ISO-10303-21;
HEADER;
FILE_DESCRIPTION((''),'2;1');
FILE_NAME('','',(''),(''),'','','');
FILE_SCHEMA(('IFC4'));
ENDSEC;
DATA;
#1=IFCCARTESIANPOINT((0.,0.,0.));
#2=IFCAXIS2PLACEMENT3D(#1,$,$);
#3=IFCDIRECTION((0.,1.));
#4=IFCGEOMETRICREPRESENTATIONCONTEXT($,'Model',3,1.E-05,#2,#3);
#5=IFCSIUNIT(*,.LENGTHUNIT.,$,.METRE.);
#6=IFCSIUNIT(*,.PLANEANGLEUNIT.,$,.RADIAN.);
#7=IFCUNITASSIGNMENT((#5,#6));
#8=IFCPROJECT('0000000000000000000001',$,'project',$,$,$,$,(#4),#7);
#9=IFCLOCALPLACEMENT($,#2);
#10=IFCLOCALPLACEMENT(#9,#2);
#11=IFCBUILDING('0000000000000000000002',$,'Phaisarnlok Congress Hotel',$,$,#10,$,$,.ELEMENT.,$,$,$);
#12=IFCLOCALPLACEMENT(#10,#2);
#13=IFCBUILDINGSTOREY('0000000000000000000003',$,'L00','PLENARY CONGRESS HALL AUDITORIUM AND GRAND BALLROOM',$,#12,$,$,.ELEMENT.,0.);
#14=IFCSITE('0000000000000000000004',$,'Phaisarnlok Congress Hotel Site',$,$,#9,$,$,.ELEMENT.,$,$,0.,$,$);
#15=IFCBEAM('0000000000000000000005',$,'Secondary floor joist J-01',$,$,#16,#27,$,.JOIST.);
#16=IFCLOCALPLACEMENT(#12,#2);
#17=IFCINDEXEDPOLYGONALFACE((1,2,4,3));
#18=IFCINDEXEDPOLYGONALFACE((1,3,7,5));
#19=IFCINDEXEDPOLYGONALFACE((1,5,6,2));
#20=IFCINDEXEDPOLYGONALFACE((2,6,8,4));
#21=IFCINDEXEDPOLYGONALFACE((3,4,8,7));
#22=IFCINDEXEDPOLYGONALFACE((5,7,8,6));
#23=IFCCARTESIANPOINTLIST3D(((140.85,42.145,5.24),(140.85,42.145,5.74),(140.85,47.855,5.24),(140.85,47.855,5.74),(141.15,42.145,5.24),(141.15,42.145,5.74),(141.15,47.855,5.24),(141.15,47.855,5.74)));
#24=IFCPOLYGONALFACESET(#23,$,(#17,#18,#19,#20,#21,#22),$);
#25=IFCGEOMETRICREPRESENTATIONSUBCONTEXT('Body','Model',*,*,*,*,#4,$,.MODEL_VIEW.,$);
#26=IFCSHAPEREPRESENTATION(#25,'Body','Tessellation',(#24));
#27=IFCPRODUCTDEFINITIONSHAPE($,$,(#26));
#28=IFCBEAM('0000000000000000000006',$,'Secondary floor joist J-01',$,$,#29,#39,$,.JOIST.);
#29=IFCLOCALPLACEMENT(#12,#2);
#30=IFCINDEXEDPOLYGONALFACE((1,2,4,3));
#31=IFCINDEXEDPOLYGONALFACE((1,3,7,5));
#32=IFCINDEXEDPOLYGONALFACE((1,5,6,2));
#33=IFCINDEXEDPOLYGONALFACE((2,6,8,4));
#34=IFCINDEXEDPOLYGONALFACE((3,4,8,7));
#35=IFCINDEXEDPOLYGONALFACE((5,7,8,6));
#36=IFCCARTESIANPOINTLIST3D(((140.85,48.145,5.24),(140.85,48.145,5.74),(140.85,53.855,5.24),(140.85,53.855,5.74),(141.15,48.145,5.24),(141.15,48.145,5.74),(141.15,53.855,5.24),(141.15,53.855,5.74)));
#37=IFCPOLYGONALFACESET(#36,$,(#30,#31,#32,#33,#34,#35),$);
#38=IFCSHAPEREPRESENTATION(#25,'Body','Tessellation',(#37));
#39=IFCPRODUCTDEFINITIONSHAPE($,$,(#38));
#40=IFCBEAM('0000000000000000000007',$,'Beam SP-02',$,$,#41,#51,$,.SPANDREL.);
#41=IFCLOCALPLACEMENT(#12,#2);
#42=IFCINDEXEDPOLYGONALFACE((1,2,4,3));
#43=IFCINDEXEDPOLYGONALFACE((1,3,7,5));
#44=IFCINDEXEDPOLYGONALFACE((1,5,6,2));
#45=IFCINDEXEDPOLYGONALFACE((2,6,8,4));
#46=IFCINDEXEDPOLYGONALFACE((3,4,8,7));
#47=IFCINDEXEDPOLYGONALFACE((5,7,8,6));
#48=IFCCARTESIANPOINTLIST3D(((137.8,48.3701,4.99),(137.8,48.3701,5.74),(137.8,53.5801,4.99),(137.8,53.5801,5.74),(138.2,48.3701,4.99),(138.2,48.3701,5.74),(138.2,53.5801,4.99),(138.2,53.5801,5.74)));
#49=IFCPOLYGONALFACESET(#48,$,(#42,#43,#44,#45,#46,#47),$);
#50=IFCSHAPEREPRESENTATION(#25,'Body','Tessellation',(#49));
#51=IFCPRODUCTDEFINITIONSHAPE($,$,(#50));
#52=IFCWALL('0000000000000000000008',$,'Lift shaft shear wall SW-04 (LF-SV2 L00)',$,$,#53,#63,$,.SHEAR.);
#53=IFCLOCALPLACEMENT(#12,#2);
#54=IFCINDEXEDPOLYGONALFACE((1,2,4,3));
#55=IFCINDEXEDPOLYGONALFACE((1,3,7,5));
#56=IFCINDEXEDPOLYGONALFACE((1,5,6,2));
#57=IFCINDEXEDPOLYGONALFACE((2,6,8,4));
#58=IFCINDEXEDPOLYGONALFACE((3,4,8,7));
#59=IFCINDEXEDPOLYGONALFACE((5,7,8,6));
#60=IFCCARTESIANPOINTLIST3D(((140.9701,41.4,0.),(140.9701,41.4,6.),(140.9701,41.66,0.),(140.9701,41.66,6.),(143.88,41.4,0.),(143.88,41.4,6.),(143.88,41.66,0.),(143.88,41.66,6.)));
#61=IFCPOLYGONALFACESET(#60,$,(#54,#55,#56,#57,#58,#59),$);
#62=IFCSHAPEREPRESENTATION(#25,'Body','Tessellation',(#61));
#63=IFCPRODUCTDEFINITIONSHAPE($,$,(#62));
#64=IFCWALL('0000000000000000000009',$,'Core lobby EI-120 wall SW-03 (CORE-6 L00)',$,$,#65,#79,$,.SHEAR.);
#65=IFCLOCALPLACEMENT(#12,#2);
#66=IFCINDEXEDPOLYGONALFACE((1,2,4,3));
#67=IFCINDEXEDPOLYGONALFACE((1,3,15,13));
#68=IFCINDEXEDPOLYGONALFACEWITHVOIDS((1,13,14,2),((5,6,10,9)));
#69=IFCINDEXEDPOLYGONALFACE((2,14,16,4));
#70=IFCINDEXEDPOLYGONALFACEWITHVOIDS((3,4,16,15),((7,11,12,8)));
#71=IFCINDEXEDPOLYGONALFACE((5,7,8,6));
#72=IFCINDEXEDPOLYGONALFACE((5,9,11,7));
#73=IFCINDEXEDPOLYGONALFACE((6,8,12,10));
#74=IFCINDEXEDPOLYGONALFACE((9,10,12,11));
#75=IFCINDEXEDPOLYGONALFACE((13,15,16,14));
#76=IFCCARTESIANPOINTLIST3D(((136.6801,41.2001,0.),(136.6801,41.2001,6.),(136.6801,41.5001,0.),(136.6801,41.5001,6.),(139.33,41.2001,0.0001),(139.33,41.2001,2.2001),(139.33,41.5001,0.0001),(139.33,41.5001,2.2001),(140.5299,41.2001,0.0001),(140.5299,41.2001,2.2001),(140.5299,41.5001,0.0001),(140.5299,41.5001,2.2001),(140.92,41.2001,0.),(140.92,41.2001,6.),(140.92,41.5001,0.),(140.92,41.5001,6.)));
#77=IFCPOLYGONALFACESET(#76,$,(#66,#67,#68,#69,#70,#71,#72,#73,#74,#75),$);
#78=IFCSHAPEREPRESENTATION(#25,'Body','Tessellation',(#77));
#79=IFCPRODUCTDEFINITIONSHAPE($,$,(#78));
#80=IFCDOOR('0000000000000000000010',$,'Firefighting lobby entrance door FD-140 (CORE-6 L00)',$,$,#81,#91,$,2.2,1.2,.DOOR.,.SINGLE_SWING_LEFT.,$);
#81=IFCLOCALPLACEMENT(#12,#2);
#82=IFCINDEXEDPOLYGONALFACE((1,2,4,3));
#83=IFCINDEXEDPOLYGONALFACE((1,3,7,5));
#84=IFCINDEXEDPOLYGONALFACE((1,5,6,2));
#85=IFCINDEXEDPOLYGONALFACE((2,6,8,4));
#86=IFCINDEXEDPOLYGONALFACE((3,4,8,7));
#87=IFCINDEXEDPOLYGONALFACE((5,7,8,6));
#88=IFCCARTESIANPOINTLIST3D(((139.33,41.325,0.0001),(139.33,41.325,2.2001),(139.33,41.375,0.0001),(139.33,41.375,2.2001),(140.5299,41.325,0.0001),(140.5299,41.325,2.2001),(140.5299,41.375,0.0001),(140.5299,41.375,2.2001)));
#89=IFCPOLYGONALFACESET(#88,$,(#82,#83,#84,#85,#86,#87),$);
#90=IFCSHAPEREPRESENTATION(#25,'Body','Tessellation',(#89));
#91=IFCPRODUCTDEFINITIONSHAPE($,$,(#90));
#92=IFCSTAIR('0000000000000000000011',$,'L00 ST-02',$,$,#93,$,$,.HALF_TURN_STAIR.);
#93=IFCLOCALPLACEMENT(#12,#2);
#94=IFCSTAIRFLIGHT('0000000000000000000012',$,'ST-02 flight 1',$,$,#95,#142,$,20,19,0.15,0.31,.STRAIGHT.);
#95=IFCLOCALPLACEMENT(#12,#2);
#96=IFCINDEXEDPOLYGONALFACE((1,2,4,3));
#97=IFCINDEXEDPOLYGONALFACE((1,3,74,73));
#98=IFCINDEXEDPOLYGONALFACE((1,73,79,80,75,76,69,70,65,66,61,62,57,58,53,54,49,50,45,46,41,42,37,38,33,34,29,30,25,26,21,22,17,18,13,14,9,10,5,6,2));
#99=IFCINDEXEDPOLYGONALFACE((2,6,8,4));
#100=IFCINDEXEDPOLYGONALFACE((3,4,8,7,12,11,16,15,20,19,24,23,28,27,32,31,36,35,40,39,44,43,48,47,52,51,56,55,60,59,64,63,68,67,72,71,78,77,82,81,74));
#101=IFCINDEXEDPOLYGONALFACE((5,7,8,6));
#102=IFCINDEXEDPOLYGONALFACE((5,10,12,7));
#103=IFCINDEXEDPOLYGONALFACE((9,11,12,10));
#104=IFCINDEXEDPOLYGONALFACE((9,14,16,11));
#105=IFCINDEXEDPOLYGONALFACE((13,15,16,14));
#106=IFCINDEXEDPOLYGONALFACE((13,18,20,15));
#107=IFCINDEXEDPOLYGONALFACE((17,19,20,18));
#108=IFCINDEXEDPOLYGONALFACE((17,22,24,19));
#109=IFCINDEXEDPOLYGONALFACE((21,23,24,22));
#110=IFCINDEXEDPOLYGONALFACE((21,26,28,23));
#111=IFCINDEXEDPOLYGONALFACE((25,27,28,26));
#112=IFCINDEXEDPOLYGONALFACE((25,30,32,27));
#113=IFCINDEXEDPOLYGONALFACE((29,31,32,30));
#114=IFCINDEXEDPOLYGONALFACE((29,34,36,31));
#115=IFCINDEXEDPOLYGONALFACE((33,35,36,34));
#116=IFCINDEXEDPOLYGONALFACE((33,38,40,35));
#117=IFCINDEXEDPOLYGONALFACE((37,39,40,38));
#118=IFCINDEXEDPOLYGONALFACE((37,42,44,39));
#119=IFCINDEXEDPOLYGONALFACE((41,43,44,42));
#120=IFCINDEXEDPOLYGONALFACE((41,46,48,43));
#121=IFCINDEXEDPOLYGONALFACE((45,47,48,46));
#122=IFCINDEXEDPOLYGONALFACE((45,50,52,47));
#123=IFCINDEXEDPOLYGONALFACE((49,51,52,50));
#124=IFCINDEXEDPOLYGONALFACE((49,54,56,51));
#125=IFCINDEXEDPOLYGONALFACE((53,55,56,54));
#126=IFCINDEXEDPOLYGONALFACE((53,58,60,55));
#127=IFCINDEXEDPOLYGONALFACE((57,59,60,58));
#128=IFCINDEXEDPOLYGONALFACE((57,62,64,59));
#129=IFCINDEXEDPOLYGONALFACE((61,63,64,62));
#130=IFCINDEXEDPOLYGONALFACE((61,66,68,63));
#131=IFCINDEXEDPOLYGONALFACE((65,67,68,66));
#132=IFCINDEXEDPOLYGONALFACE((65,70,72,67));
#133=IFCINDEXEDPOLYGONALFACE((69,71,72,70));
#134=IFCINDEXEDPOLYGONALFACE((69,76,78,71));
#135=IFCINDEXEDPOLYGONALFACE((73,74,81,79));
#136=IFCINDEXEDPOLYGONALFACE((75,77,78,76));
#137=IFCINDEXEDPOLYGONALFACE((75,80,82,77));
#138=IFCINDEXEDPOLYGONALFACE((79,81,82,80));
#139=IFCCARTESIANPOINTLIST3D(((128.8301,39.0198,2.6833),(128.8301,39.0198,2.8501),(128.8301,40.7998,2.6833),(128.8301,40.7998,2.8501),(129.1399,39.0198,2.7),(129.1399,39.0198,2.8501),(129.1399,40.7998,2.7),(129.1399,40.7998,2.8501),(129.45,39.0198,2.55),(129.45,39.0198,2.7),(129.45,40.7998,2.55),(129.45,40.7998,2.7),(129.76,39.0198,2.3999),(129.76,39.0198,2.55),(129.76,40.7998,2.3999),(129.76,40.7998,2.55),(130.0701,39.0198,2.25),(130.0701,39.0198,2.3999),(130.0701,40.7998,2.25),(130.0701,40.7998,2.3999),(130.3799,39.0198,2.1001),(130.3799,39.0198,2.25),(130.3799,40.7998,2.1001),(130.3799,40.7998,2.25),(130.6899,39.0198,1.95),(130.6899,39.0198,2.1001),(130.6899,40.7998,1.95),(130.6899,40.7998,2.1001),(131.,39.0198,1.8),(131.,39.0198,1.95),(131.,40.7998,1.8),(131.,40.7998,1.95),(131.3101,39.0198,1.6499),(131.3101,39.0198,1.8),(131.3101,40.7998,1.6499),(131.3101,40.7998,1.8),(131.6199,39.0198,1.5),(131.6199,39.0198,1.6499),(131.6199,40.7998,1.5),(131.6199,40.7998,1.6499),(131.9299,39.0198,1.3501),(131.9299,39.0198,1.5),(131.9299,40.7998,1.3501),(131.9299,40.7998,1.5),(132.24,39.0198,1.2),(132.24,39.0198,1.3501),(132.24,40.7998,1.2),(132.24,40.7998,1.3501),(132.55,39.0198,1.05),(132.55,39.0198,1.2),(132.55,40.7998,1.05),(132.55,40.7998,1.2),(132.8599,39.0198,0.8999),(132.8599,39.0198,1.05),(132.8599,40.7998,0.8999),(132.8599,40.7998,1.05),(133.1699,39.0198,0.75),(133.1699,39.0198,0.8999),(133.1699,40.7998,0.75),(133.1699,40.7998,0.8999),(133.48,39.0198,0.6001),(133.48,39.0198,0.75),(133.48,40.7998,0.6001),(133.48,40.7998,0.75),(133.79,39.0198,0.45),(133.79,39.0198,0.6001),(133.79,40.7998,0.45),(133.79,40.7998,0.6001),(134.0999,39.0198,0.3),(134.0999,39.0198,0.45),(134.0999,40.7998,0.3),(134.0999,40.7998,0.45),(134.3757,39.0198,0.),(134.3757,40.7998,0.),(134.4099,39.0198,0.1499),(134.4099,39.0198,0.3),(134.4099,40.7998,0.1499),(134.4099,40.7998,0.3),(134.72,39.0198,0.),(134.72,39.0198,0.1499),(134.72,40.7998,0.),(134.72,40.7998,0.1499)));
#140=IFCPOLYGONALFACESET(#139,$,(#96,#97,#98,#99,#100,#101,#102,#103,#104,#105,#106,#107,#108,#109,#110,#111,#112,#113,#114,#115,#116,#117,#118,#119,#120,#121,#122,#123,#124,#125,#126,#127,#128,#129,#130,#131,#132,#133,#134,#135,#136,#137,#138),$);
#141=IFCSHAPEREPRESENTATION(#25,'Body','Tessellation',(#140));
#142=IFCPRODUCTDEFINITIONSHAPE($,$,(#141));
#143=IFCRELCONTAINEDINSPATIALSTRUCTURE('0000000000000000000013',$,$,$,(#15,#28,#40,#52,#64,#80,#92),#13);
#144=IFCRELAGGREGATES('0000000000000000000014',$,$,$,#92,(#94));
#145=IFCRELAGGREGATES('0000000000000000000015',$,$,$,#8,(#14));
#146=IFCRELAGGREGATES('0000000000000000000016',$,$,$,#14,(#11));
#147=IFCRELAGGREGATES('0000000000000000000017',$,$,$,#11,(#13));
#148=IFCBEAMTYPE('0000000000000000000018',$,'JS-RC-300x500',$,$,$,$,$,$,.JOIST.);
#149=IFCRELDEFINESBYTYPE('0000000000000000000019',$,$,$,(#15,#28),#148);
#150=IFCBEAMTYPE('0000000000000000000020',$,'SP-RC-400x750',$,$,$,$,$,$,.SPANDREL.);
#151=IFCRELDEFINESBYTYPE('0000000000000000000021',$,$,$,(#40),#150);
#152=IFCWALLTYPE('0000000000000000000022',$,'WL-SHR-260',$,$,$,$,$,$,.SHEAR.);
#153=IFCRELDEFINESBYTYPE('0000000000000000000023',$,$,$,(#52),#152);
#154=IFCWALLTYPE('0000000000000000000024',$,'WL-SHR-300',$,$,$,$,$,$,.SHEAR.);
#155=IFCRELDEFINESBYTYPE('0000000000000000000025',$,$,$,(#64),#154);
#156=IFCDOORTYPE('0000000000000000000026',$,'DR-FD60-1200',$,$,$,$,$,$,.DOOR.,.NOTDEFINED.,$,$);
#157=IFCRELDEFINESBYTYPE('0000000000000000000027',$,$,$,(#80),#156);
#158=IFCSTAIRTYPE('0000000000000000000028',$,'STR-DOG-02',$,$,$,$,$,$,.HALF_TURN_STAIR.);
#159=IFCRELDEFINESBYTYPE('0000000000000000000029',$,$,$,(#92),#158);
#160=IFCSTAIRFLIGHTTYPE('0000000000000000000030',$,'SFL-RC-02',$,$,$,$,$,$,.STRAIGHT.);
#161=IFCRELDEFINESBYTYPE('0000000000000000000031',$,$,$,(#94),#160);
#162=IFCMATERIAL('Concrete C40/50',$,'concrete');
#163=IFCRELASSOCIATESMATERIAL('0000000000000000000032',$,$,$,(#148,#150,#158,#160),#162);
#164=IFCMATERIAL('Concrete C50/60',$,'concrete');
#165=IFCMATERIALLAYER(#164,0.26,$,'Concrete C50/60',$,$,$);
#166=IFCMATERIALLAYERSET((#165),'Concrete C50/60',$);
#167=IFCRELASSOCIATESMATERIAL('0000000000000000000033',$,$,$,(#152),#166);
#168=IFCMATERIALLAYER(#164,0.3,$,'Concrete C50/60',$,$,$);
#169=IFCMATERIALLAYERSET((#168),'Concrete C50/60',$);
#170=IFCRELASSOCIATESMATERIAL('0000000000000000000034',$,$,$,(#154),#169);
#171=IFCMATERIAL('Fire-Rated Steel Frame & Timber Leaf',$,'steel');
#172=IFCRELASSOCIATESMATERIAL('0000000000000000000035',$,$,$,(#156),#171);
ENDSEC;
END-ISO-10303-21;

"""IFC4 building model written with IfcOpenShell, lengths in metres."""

from ifc_helpers import new_model, si_unit, direction, frame, frame_2d, origin, origin_2d, place, context, subcontext, project, spatial, polyline, rectangle, outline, extrude, material, layer, layer_set, material_profile, profile_set, type_object, element, fill, aggregate, save


model = new_model("IFC4")

# Units and contexts
model_context = context("Model", 3, precision=1e-05, world=origin(), true_north=direction((0.0, 1.0)))
body_context = subcontext(model_context, "Body", "Model", "MODEL_VIEW")
ifc_project = project(units=[si_unit("LENGTHUNIT", "METRE"), si_unit("PLANEANGLEUNIT", "RADIAN")], contexts=[model_context])

# Site, building, storey
site_placement = place(None, origin())
site = spatial("IfcSite", under=ifc_project, at=site_placement, Name="Phaisarnlok Congress Hotel Site", CompositionType="ELEMENT", RefElevation=0.0)
building_placement = place(site_placement, origin())
building = spatial("IfcBuilding", under=site, at=building_placement, Name="Phaisarnlok Congress Hotel", CompositionType="ELEMENT")
storey_placement = place(building_placement, origin())
storey = spatial("IfcBuildingStorey", under=building, at=storey_placement, Name="L00", Description="PLENARY CONGRESS HALL AUDITORIUM AND GRAND BALLROOM", CompositionType="ELEMENT", Elevation=0.0)

# Shared definitions
ifc_material_1 = material(Name="Concrete C50/60", Category="concrete")

# Beams
ifc_material_2 = material(Name="Concrete C40/50", Category="concrete")
ifc_material_profile_1 = material_profile(ifc_material_2, rectangle(XDim=0.3, YDim=0.5, at=origin_2d()), Name="RC 300x500")
ifc_profile_set_1 = profile_set([ifc_material_profile_1], Name="Concrete C40/50")
beam_type_1 = type_object("IfcBeamType", Name="JS-RC-300x500", PredefinedType="JOIST", material=ifc_profile_set_1)
for number, where, z_axis, x_axis, name in (
    (1, (141.0, 42.145, 5.49), (0.0, 1.0, 0.0), (-1.0, 0.0, 0.0), "Secondary floor joist J-01"),
    (2, (141.0, 48.145, 5.49), (0.0, 1.0, 0.0), (-1.0, 0.0, 0.0), "Secondary floor joist J-01"),
):
    element("IfcBeam", number, at=place(storey_placement, frame(where, z_axis=z_axis, x_axis=x_axis)), inside=storey, type_object=beam_type_1, Name=name, PredefinedType="JOIST", context=body_context, shape_type="SweptSolid", body=[
        extrude(rectangle(XDim=0.3, YDim=0.5, at=origin_2d()), origin(), (0.0, 0.0, 1.0), 5.71),
    ])
ifc_material_profile_2 = material_profile(ifc_material_2, rectangle(XDim=0.3999, YDim=0.75, at=origin_2d()), Name="RC 400x750")
ifc_profile_set_2 = profile_set([ifc_material_profile_2], Name="Concrete C40/50")
beam_type_2 = type_object("IfcBeamType", Name="SP-RC-400x750", PredefinedType="SPANDREL", material=ifc_profile_set_2)
beam_1_placement = place(storey_placement, frame((138.0, 48.3701, 5.365), z_axis=(0.0, 1.0, 0.0), x_axis=(-1.0, 0.0, 0.0)))
element("IfcBeam", 3, at=beam_1_placement, inside=storey, type_object=beam_type_2, Name="Beam SP-02", PredefinedType="SPANDREL", context=body_context, shape_type="SweptSolid", body=[
    extrude(rectangle(XDim=0.3999, YDim=0.75, at=origin_2d()), origin(), (0.0, 0.0, 1.0), 5.21),
])

# Wall
ifc_layer_1 = layer(ifc_material_1, 0.26, Name="Concrete C50/60")
ifc_layer_set_1 = layer_set([ifc_layer_1], Name="Concrete C50/60")
wall_type_1 = type_object("IfcWallType", Name="WL-SHR-260", PredefinedType="SHEAR", material=ifc_layer_set_1)
wall_1_placement = place(storey_placement, frame((140.97, 41.53, 0.0), z_axis=(0.0, 0.0, 1.0), x_axis=(1.0, 0.0, 0.0)))
element("IfcWall", 4, at=wall_1_placement, inside=storey, type_object=wall_type_1, Name="Lift shaft shear wall SW-04 (LF-SV2 L00)", PredefinedType="SHEAR", context=body_context, shape_type="SweptSolid", body=[
    extrude(rectangle(XDim=2.9099, YDim=0.26, at=frame_2d((1.4551, 0.0))), origin(), (0.0, 0.0, 1.0), 6.0),
])

# Wall, opening, door
ifc_layer_2 = layer(ifc_material_1, 0.3, Name="Concrete C50/60")
ifc_layer_set_2 = layer_set([ifc_layer_2], Name="Concrete C50/60")
wall_type_2 = type_object("IfcWallType", Name="WL-SHR-300", PredefinedType="SHEAR", material=ifc_layer_set_2)
wall_2_placement = place(storey_placement, frame((136.6799, 41.3501, 0.0), z_axis=(0.0, 0.0, 1.0), x_axis=(1.0, 0.0, 0.0)))
wall_2 = element("IfcWall", 5, at=wall_2_placement, inside=storey, type_object=wall_type_2, Name="Core lobby EI-120 wall SW-03 (CORE-6 L00)", PredefinedType="SHEAR", context=body_context, shape_type="SweptSolid", body=[
    extrude(rectangle(XDim=4.24, YDim=0.3, at=frame_2d((2.1201, 0.0))), origin(), (0.0, 0.0, 1.0), 6.0),
])
opening_placement = place(wall_2_placement, frame((2.6499, 0.0, 0.0)))
opening = element("IfcOpeningElement", 6, at=opening_placement, cuts=wall_2, PredefinedType="OPENING", context=body_context, shape_type="SweptSolid", body=[
    extrude(rectangle(XDim=1.2, YDim=2.2, at=frame_2d((0.6001, 1.1001))), frame((0.0, 0.1602, 0.0), z_axis=(0.0, -1.0, 0.0), x_axis=(1.0, 0.0, 0.0)), (0.0, 0.0, 1.0), 0.3201),
])
ifc_material_3 = material(Name="Fire-Rated Steel Frame & Timber Leaf", Category="steel")
door_type = type_object("IfcDoorType", Name="DR-FD60-1200", OperationType="NOTDEFINED", PredefinedType="DOOR", material=ifc_material_3)
door_placement = place(opening_placement, origin())
door = element("IfcDoor", 7, at=door_placement, inside=storey, type_object=door_type, Name="Firefighting lobby entrance door FD-140 (CORE-6 L00)", OperationType="SINGLE_SWING_LEFT", OverallHeight=2.2, OverallWidth=1.2, PredefinedType="DOOR", context=body_context, shape_type="SweptSolid", body=[
    extrude(rectangle(XDim=1.2, YDim=2.2, at=frame_2d((0.6001, 1.1001))), frame((0.0, 0.0249, 0.0), z_axis=(0.0, -1.0, 0.0), x_axis=(1.0, 0.0, 0.0)), (0.0, 0.0, 1.0), 0.05),
])
fill(opening, door)

# Stair, stair flight
stair_type = type_object("IfcStairType", Name="STR-DOG-02", PredefinedType="HALF_TURN_STAIR", material=ifc_material_2)
stair_placement = place(storey_placement, origin())
stair = element("IfcStair", 8, at=stair_placement, inside=storey, type_object=stair_type, Name="L00 ST-02", PredefinedType="HALF_TURN_STAIR")
stair_flight_type = type_object("IfcStairFlightType", Name="SFL-RC-02", PredefinedType="STRAIGHT", material=ifc_material_2)
stair_flight_placement = place(storey_placement, frame((134.72, 39.9099, 0.0), z_axis=(0.0, 0.0, 1.0), x_axis=(-1.0, 0.0, 0.0)))
stair_flight = element("IfcStairFlight", 9, at=stair_flight_placement, type_object=stair_flight_type, Name="ST-02 flight 1", NumberOfRisers=20, NumberOfTreads=19, PredefinedType="STRAIGHT", RiserHeight=0.15, TreadLength=0.31, context=body_context, shape_type="SweptSolid", body=[
    extrude(outline(polyline([(0.0, 0.0), (0.0, 0.1499), (0.3101, 0.1499), (0.3101, 0.3), (0.6201, 0.3), (0.6201, 0.45), (0.9299, 0.45), (0.9299, 0.6001), (1.24, 0.6001), (1.24, 0.75), (1.55, 0.75), (1.55, 0.8999), (1.8601, 0.8999), (1.8601, 1.05), (2.1699, 1.05), (2.1699, 1.2), (2.48, 1.2), (2.48, 1.3501), (2.79, 1.3501), (2.79, 1.5), (3.1001, 1.5), (3.1001, 1.6499), (3.4099, 1.6499), (3.4099, 1.8), (3.72, 1.8), (3.72, 1.95), (4.03, 1.95), (4.03, 2.1001), (4.3401, 2.1001), (4.3401, 2.25), (4.6499, 2.25), (4.6499, 2.3999), (4.96, 2.3999), (4.96, 2.55), (5.27, 2.55), (5.27, 2.7), (5.5801, 2.7), (5.5801, 2.8501), (5.8899, 2.8501), (5.8899, 3.0), (5.8899, 2.6833), (0.3442, 0.0), (0.0, 0.0)])), frame((0.0, 0.8901, 0.0), z_axis=(0.0, -1.0, 0.0), x_axis=(1.0, 0.0, 0.0)), (0.0, 0.0, 1.0), 1.78),
])
aggregate(stair, [stair_flight])

save(model, "model.ifc")
